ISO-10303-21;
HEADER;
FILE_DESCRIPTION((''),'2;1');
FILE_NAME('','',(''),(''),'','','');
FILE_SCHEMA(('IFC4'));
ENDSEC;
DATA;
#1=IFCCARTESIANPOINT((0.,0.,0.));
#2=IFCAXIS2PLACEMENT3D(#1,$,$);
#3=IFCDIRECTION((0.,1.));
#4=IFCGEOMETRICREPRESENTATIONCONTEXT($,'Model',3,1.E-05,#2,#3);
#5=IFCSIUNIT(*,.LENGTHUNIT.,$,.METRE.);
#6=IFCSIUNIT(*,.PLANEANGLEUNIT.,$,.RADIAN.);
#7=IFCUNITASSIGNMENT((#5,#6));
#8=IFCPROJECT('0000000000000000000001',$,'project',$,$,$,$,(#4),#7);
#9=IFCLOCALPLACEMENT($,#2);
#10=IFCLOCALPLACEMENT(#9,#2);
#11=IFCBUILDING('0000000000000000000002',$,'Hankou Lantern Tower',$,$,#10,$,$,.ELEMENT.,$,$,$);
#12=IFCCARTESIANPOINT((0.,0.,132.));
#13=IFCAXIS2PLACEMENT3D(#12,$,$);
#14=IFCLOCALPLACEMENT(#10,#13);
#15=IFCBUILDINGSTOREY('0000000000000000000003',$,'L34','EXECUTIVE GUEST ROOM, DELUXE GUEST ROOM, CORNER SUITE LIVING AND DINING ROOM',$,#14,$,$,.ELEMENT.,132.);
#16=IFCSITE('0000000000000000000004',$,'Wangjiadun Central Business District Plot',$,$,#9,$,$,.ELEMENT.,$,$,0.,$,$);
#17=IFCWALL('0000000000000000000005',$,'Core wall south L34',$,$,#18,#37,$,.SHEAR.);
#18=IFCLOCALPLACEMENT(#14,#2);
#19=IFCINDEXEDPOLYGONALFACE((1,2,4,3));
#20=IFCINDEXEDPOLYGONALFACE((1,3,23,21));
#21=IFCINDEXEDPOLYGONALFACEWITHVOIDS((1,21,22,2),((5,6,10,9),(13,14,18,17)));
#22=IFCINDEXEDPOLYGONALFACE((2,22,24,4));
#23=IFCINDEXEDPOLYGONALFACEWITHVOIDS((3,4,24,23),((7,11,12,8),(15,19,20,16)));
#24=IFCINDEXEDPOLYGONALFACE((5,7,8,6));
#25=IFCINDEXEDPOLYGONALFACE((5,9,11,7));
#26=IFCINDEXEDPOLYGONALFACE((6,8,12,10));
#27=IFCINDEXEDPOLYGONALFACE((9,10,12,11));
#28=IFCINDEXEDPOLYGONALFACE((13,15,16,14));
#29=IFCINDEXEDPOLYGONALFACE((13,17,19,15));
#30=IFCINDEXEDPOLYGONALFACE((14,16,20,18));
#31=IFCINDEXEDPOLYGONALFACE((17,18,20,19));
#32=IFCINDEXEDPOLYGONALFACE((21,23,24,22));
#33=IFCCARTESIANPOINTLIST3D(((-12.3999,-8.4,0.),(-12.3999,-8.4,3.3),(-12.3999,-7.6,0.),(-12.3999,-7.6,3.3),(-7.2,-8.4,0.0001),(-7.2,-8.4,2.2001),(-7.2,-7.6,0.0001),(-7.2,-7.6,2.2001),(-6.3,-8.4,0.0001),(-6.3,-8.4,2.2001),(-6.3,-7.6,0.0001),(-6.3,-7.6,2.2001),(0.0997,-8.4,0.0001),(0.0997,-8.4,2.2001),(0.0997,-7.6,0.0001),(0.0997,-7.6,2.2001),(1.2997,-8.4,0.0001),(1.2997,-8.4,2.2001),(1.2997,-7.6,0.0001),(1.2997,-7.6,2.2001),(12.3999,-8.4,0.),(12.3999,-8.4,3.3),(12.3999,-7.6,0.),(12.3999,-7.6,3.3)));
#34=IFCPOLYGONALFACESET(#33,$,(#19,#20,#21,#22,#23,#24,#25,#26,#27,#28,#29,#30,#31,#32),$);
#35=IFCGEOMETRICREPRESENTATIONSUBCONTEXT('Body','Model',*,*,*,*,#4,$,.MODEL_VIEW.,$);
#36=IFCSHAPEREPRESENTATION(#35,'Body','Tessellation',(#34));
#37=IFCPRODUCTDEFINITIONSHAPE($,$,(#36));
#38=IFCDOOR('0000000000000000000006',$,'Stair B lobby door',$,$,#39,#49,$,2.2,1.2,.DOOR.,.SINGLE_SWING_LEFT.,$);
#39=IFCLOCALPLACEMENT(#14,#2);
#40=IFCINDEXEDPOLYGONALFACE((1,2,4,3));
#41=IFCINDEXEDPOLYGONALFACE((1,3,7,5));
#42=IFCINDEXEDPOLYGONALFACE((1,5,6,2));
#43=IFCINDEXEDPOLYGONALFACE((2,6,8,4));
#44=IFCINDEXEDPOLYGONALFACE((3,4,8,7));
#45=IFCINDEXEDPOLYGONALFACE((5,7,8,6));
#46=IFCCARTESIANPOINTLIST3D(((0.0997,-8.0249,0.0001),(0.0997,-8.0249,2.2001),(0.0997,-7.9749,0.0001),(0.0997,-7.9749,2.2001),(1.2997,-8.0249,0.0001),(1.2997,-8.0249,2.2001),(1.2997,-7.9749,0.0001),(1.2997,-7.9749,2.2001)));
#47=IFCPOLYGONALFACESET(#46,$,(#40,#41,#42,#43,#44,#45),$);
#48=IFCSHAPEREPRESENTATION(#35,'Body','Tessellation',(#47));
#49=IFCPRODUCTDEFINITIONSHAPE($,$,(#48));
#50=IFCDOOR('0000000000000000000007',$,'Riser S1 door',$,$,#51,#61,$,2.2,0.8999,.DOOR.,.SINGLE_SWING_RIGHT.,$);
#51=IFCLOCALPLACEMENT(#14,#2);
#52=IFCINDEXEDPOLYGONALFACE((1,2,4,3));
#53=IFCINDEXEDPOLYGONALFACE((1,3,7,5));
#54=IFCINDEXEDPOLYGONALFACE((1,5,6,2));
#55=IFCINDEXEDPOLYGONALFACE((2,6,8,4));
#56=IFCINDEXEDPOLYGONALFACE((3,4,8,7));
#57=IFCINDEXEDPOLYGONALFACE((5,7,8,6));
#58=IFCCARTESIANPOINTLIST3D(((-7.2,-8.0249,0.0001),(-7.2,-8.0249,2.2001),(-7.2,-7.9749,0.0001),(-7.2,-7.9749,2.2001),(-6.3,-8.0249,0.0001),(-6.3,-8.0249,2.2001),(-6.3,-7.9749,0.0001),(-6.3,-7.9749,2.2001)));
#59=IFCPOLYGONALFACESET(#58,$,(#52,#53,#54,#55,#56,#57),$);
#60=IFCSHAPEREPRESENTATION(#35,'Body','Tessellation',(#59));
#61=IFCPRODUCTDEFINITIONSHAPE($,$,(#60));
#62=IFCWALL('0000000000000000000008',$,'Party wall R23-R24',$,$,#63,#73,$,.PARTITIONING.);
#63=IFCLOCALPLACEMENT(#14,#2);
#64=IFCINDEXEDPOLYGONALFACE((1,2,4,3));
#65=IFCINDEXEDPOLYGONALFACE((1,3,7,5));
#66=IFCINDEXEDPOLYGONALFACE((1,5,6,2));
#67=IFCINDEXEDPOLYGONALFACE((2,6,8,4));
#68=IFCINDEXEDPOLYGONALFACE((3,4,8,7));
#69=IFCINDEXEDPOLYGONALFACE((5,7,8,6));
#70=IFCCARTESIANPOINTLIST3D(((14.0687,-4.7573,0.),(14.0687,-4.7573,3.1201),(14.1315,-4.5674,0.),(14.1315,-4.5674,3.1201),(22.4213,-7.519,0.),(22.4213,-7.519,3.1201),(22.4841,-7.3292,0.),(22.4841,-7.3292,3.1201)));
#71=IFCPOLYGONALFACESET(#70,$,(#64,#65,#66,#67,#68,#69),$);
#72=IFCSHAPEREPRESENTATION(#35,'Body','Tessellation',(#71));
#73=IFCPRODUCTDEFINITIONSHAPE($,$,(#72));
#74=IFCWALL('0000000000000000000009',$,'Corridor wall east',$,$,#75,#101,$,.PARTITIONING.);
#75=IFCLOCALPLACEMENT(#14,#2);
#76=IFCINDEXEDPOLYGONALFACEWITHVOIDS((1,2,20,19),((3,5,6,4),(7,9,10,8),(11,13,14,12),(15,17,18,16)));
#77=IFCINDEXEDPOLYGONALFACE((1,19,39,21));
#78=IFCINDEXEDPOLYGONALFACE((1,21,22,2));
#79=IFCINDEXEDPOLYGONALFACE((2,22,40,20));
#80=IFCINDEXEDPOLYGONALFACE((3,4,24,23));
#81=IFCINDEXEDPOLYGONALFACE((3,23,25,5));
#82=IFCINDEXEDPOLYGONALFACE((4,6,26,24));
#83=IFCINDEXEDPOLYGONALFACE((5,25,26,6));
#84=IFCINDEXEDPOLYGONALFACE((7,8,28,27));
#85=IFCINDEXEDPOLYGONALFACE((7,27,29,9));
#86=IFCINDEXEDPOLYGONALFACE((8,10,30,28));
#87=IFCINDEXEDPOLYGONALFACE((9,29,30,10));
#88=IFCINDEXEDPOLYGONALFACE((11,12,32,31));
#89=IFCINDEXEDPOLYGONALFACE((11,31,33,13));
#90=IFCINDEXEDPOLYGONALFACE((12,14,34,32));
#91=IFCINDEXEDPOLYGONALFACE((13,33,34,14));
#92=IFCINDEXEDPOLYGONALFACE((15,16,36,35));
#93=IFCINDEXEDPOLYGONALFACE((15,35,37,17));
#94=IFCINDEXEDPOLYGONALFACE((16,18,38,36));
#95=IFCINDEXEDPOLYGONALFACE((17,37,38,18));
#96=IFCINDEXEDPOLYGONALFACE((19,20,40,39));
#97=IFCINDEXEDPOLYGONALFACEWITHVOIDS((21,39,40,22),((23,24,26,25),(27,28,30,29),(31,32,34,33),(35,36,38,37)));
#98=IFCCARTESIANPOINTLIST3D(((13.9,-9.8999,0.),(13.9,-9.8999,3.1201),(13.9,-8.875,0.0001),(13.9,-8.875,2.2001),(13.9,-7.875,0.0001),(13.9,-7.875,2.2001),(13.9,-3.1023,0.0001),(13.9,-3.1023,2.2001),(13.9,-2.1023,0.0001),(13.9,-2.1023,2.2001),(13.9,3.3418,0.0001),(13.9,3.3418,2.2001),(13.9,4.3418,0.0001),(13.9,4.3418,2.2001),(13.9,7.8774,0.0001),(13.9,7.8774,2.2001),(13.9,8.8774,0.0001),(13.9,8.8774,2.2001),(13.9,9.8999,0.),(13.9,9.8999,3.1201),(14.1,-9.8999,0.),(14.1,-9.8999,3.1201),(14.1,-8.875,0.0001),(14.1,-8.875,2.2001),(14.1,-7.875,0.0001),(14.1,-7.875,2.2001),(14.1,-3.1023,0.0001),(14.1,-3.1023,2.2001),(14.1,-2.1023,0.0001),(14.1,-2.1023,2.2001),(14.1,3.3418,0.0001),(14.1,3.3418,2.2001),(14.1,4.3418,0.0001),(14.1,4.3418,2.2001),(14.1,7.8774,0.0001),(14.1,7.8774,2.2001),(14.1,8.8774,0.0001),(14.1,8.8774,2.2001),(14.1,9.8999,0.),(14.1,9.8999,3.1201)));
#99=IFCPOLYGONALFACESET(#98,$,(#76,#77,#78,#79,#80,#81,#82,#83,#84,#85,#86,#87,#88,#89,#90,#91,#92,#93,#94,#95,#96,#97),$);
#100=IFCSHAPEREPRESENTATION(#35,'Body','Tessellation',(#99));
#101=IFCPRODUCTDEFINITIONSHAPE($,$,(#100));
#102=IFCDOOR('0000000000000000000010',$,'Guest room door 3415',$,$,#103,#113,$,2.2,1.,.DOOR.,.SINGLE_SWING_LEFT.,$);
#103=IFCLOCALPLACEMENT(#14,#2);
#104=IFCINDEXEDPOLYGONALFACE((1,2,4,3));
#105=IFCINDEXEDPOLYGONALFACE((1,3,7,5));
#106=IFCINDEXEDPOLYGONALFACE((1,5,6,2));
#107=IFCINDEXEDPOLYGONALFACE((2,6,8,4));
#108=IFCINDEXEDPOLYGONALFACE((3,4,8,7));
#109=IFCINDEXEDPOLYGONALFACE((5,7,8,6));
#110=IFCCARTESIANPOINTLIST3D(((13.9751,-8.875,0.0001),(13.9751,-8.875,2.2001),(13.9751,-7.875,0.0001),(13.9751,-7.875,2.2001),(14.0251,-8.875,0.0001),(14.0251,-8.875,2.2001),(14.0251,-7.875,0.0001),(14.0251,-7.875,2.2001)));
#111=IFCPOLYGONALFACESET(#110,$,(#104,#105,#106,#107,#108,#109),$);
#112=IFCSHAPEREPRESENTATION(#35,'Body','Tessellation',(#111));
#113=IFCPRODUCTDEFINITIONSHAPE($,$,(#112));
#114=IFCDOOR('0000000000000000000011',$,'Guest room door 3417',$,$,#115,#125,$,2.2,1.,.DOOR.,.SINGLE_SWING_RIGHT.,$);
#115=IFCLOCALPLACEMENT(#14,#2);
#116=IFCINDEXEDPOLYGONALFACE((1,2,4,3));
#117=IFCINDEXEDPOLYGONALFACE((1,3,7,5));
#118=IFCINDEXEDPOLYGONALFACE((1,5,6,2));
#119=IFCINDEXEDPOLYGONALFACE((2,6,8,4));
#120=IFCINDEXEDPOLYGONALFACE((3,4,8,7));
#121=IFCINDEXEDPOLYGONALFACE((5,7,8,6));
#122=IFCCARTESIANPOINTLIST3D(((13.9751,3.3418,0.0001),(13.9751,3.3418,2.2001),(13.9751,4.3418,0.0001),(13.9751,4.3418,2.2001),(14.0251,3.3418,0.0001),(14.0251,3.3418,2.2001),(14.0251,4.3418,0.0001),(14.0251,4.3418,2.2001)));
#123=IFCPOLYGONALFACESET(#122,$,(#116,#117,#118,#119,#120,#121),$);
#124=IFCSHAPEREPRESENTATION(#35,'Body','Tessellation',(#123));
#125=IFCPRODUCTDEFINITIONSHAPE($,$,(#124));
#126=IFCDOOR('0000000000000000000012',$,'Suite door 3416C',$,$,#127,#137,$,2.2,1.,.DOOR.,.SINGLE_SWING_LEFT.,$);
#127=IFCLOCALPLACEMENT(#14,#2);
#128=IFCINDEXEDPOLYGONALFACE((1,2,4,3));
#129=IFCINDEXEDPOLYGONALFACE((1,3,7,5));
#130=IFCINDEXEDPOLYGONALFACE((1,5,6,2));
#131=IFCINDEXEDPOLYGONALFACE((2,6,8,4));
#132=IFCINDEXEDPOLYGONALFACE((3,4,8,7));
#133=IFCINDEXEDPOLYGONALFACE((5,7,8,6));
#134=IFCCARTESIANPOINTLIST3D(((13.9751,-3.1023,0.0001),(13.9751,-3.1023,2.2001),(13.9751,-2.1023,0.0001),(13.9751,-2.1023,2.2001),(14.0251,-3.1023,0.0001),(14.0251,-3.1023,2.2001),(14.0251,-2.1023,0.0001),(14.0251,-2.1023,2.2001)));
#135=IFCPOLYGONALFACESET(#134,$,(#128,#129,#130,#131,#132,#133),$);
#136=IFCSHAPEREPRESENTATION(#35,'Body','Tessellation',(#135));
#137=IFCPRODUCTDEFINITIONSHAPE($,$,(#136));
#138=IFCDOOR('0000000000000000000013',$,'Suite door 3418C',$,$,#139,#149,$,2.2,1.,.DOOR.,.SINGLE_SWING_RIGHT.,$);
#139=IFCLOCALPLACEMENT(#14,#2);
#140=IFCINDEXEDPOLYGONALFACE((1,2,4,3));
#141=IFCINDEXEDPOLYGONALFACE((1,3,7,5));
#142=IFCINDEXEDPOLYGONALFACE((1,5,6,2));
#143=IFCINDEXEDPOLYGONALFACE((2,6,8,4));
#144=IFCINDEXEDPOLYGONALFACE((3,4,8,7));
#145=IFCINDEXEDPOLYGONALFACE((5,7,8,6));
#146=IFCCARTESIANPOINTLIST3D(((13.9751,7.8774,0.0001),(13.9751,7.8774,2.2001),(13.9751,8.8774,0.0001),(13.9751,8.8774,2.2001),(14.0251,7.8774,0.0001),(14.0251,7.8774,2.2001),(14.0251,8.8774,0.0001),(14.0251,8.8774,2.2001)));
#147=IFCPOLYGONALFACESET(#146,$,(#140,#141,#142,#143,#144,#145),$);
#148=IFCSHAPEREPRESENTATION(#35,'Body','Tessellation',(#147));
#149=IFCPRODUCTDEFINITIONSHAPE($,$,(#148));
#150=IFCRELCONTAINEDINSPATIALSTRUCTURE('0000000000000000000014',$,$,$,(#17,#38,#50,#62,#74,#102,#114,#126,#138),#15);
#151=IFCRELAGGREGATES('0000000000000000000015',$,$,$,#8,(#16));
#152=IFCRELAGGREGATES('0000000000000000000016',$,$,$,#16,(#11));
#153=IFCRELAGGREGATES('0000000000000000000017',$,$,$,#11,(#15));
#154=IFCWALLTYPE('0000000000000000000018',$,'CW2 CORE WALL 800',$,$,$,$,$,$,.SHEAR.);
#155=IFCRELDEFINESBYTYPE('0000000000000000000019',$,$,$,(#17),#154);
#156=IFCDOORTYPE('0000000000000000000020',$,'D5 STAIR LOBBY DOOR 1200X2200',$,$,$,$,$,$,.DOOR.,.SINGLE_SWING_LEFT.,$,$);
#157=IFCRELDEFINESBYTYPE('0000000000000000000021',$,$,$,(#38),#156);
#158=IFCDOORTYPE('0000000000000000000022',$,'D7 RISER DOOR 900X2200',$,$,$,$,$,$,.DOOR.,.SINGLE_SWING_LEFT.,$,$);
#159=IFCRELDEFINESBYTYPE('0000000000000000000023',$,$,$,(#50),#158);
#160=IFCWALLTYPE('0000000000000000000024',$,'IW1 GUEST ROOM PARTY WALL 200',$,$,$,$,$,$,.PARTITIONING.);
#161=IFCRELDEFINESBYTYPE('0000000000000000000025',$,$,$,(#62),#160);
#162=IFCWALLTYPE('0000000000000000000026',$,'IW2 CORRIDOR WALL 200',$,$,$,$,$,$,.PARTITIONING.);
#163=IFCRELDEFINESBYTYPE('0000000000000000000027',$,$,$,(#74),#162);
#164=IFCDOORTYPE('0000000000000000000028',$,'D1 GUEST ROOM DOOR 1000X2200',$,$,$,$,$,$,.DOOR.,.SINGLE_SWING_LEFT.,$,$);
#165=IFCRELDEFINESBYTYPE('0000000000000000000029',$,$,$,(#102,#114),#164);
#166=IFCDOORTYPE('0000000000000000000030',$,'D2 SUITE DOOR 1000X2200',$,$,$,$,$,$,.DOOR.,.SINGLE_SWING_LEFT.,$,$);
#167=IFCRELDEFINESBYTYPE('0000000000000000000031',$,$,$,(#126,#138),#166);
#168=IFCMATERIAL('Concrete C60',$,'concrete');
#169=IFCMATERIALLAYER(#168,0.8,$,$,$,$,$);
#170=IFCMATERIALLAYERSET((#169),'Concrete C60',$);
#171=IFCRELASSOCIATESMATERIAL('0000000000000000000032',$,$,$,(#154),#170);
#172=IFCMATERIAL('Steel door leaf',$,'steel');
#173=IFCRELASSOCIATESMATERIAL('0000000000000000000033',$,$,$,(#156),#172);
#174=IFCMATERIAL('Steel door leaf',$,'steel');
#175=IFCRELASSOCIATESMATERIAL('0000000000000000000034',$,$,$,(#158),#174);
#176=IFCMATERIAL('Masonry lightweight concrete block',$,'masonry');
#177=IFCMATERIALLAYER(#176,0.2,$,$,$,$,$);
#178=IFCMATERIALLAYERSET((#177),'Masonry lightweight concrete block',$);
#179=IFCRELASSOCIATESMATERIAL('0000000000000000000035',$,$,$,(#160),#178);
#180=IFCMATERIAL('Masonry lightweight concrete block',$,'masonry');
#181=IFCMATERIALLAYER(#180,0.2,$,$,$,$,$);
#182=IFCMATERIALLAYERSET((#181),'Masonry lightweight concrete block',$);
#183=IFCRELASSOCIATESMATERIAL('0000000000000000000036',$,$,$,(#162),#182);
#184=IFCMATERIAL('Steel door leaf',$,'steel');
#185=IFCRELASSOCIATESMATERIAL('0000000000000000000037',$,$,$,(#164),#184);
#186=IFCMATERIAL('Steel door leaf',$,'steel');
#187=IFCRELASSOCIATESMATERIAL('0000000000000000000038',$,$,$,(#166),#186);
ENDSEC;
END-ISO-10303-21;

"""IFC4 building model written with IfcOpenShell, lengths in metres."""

from ifc_helpers import new_model, si_unit, direction, frame, frame_2d, origin, place, context, subcontext, project, spatial, rectangle, extrude, material, layer, layer_set, type_object, element, fill, save


model = new_model("IFC4")

# Units and contexts
model_context = context("Model", 3, precision=1e-05, world=origin(), true_north=direction((0.0, 1.0)))
body_context = subcontext(model_context, "Body", "Model", "MODEL_VIEW")
ifc_project = project(units=[si_unit("LENGTHUNIT", "METRE"), si_unit("PLANEANGLEUNIT", "RADIAN")], contexts=[model_context])

# Site, building, storey
site_placement = place(None, origin())
site = spatial("IfcSite", under=ifc_project, at=site_placement, Name="Wangjiadun Central Business District Plot", CompositionType="ELEMENT", RefElevation=0.0)
building_placement = place(site_placement, origin())
building = spatial("IfcBuilding", under=site, at=building_placement, Name="Hankou Lantern Tower", CompositionType="ELEMENT")
storey_placement = place(building_placement, frame((0.0, 0.0, 132.0)))
storey = spatial("IfcBuildingStorey", under=building, at=storey_placement, Name="L34", Description="EXECUTIVE GUEST ROOM, DELUXE GUEST ROOM, CORNER SUITE LIVING AND DINING ROOM", CompositionType="ELEMENT", Elevation=132.0)

# Wall, openings, doors
ifc_material_1 = material(Name="Concrete C60", Category="concrete")
ifc_layer_1 = layer(ifc_material_1, 0.8)
ifc_layer_set_1 = layer_set([ifc_layer_1], Name="Concrete C60")
wall_type_1 = type_object("IfcWallType", Name="CW2 CORE WALL 800", PredefinedType="SHEAR", material=ifc_layer_set_1)
wall_1_placement = place(storey_placement, frame((12.3999, -8.0, 0.0), z_axis=(0.0, 0.0, 1.0), x_axis=(-1.0, 0.0, 0.0)))
wall_1 = element("IfcWall", 1, at=wall_1_placement, inside=storey, type_object=wall_type_1, Name="Core wall south L34", PredefinedType="SHEAR", context=body_context, shape_type="SweptSolid", body=[
    extrude(rectangle(XDim=24.7998, YDim=0.8, at=frame_2d((12.3999, 0.0))), origin(), (0.0, 0.0, 1.0), 3.3),
])
opening_1_placement = place(wall_1_placement, frame((11.1001, 0.0, 0.0)))
opening_1 = element("IfcOpeningElement", 2, at=opening_1_placement, cuts=wall_1, PredefinedType="OPENING", context=body_context, shape_type="SweptSolid", body=[
    extrude(rectangle(XDim=1.2, YDim=2.2, at=frame_2d((0.6001, 1.1001))), frame((0.0, 0.4099, 0.0), z_axis=(0.0, -1.0, 0.0), x_axis=(1.0, 0.0, 0.0)), (0.0, 0.0, 1.0), 0.8201),
])
opening_2_placement = place(wall_1_placement, frame((18.7, 0.0, 0.0)))
opening_2 = element("IfcOpeningElement", 3, at=opening_2_placement, cuts=wall_1, PredefinedType="OPENING", context=body_context, shape_type="SweptSolid", body=[
    extrude(rectangle(XDim=0.8999, YDim=2.2, at=frame_2d((0.45, 1.1001))), frame((0.0, 0.4099, 0.0), z_axis=(0.0, -1.0, 0.0), x_axis=(1.0, 0.0, 0.0)), (0.0, 0.0, 1.0), 0.8201),
])
ifc_material_2 = material(Name="Steel door leaf", Category="steel")
door_type_1 = type_object("IfcDoorType", Name="D5 STAIR LOBBY DOOR 1200X2200", OperationType="SINGLE_SWING_LEFT", PredefinedType="DOOR", material=ifc_material_2)
door_1_placement = place(opening_1_placement, origin())
door_1 = element("IfcDoor", 4, at=door_1_placement, inside=storey, type_object=door_type_1, Name="Stair B lobby door", OperationType="SINGLE_SWING_LEFT", OverallHeight=2.2, OverallWidth=1.2, PredefinedType="DOOR", context=body_context, shape_type="SweptSolid", body=[
    extrude(rectangle(XDim=1.2, YDim=2.2, at=frame_2d((0.6001, 1.1001))), frame((0.0, 0.0249, 0.0), z_axis=(0.0, -1.0, 0.0), x_axis=(1.0, 0.0, 0.0)), (0.0, 0.0, 1.0), 0.05),
])
fill(opening_1, door_1)
ifc_material_3 = material(Name="Steel door leaf", Category="steel")
door_type_2 = type_object("IfcDoorType", Name="D7 RISER DOOR 900X2200", OperationType="SINGLE_SWING_LEFT", PredefinedType="DOOR", material=ifc_material_3)
door_2_placement = place(opening_2_placement, origin())
door_2 = element("IfcDoor", 5, at=door_2_placement, inside=storey, type_object=door_type_2, Name="Riser S1 door", OperationType="SINGLE_SWING_RIGHT", OverallHeight=2.2, OverallWidth=0.8999, PredefinedType="DOOR", context=body_context, shape_type="SweptSolid", body=[
    extrude(rectangle(XDim=0.8999, YDim=2.2, at=frame_2d((0.45, 1.1001))), frame((0.0, 0.0249, 0.0), z_axis=(0.0, -1.0, 0.0), x_axis=(1.0, 0.0, 0.0)), (0.0, 0.0, 1.0), 0.05),
])
fill(opening_2, door_2)

# Wall
ifc_material_4 = material(Name="Masonry lightweight concrete block", Category="masonry")
ifc_layer_2 = layer(ifc_material_4, 0.2)
ifc_layer_set_2 = layer_set([ifc_layer_2], Name="Masonry lightweight concrete block")
wall_type_2 = type_object("IfcWallType", Name="IW1 GUEST ROOM PARTY WALL 200", PredefinedType="PARTITIONING", material=ifc_layer_set_2)
wall_2_placement = place(storey_placement, frame((14.1001, -4.6624, 0.0), z_axis=(0.0, 0.0, 1.0), x_axis=(0.949446, -0.313929, 0.0)))
element("IfcWall", 6, at=wall_2_placement, inside=storey, type_object=wall_type_2, Name="Party wall R23-R24", PredefinedType="PARTITIONING", context=body_context, shape_type="SweptSolid", body=[
    extrude(rectangle(XDim=8.7974, YDim=0.2, at=frame_2d((4.3987, 0.0))), origin(), (0.0, 0.0, 1.0), 3.1201),
])

# Wall, openings, doors
ifc_material_5 = material(Name="Masonry lightweight concrete block", Category="masonry")
ifc_layer_3 = layer(ifc_material_5, 0.2)
ifc_layer_set_3 = layer_set([ifc_layer_3], Name="Masonry lightweight concrete block")
wall_type_3 = type_object("IfcWallType", Name="IW2 CORRIDOR WALL 200", PredefinedType="PARTITIONING", material=ifc_layer_set_3)
wall_3_placement = place(storey_placement, frame((14.0, -9.8999, 0.0), z_axis=(0.0, 0.0, 1.0), x_axis=(0.0, 1.0, 0.0)))
wall_3 = element("IfcWall", 7, at=wall_3_placement, inside=storey, type_object=wall_type_3, Name="Corridor wall east", PredefinedType="PARTITIONING", context=body_context, shape_type="SweptSolid", body=[
    extrude(rectangle(XDim=19.7998, YDim=0.2, at=frame_2d((9.8999, 0.0))), origin(), (0.0, 0.0, 1.0), 3.1201),
])
opening_3_placement = place(wall_3_placement, frame((1.0249, 0.0, 0.0)))
opening_3 = element("IfcOpeningElement", 8, at=opening_3_placement, cuts=wall_3, PredefinedType="OPENING", context=body_context, shape_type="SweptSolid", body=[
    extrude(rectangle(XDim=1.0, YDim=2.2, at=frame_2d((0.5, 1.1001))), frame((0.0, 0.1099, 0.0), z_axis=(0.0, -1.0, 0.0), x_axis=(1.0, 0.0, 0.0)), (0.0, 0.0, 1.0), 0.22),
])
opening_4_placement = place(wall_3_placement, frame((6.7976, 0.0, 0.0)))
opening_4 = element("IfcOpeningElement", 9, at=opening_4_placement, cuts=wall_3, PredefinedType="OPENING", context=body_context, shape_type="SweptSolid", body=[
    extrude(rectangle(XDim=1.0, YDim=2.2, at=frame_2d((0.5, 1.1001))), frame((0.0, 0.1099, 0.0), z_axis=(0.0, -1.0, 0.0), x_axis=(1.0, 0.0, 0.0)), (0.0, 0.0, 1.0), 0.22),
])
opening_5_placement = place(wall_3_placement, frame((13.2417, 0.0, 0.0)))
opening_5 = element("IfcOpeningElement", 10, at=opening_5_placement, cuts=wall_3, PredefinedType="OPENING", context=body_context, shape_type="SweptSolid", body=[
    extrude(rectangle(XDim=1.0, YDim=2.2, at=frame_2d((0.5, 1.1001))), frame((0.0, 0.1099, 0.0), z_axis=(0.0, -1.0, 0.0), x_axis=(1.0, 0.0, 0.0)), (0.0, 0.0, 1.0), 0.22),
])
opening_6_placement = place(wall_3_placement, frame((17.7773, 0.0, 0.0)))
opening_6 = element("IfcOpeningElement", 11, at=opening_6_placement, cuts=wall_3, PredefinedType="OPENING", context=body_context, shape_type="SweptSolid", body=[
    extrude(rectangle(XDim=1.0, YDim=2.2, at=frame_2d((0.5, 1.1001))), frame((0.0, 0.1099, 0.0), z_axis=(0.0, -1.0, 0.0), x_axis=(1.0, 0.0, 0.0)), (0.0, 0.0, 1.0), 0.22),
])
ifc_material_6 = material(Name="Steel door leaf", Category="steel")
door_type_3 = type_object("IfcDoorType", Name="D1 GUEST ROOM DOOR 1000X2200", OperationType="SINGLE_SWING_LEFT", PredefinedType="DOOR", material=ifc_material_6)
door_3_placement = place(opening_3_placement, origin())
door_3 = element("IfcDoor", 12, at=door_3_placement, inside=storey, type_object=door_type_3, Name="Guest room door 3415", OperationType="SINGLE_SWING_LEFT", OverallHeight=2.2, OverallWidth=1.0, PredefinedType="DOOR", context=body_context, shape_type="SweptSolid", body=[
    extrude(rectangle(XDim=1.0, YDim=2.2, at=frame_2d((0.5, 1.1001))), frame((0.0, 0.0249, 0.0), z_axis=(0.0, -1.0, 0.0), x_axis=(1.0, 0.0, 0.0)), (0.0, 0.0, 1.0), 0.05),
])
fill(opening_3, door_3)
door_4_placement = place(opening_5_placement, origin())
door_4 = element("IfcDoor", 13, at=door_4_placement, inside=storey, type_object=door_type_3, Name="Guest room door 3417", OperationType="SINGLE_SWING_RIGHT", OverallHeight=2.2, OverallWidth=1.0, PredefinedType="DOOR", context=body_context, shape_type="SweptSolid", body=[
    extrude(rectangle(XDim=1.0, YDim=2.2, at=frame_2d((0.5, 1.1001))), frame((0.0, 0.0249, 0.0), z_axis=(0.0, -1.0, 0.0), x_axis=(1.0, 0.0, 0.0)), (0.0, 0.0, 1.0), 0.05),
])
fill(opening_5, door_4)
ifc_material_7 = material(Name="Steel door leaf", Category="steel")
door_type_4 = type_object("IfcDoorType", Name="D2 SUITE DOOR 1000X2200", OperationType="SINGLE_SWING_LEFT", PredefinedType="DOOR", material=ifc_material_7)
door_5_placement = place(opening_4_placement, origin())
door_5 = element("IfcDoor", 14, at=door_5_placement, inside=storey, type_object=door_type_4, Name="Suite door 3416C", OperationType="SINGLE_SWING_LEFT", OverallHeight=2.2, OverallWidth=1.0, PredefinedType="DOOR", context=body_context, shape_type="SweptSolid", body=[
    extrude(rectangle(XDim=1.0, YDim=2.2, at=frame_2d((0.5, 1.1001))), frame((0.0, 0.0249, 0.0), z_axis=(0.0, -1.0, 0.0), x_axis=(1.0, 0.0, 0.0)), (0.0, 0.0, 1.0), 0.05),
])
fill(opening_4, door_5)
door_6_placement = place(opening_6_placement, origin())
door_6 = element("IfcDoor", 15, at=door_6_placement, inside=storey, type_object=door_type_4, Name="Suite door 3418C", OperationType="SINGLE_SWING_RIGHT", OverallHeight=2.2, OverallWidth=1.0, PredefinedType="DOOR", context=body_context, shape_type="SweptSolid", body=[
    extrude(rectangle(XDim=1.0, YDim=2.2, at=frame_2d((0.5, 1.1001))), frame((0.0, 0.0249, 0.0), z_axis=(0.0, -1.0, 0.0), x_axis=(1.0, 0.0, 0.0)), (0.0, 0.0, 1.0), 0.05),
])
fill(opening_6, door_6)

save(model, "model.ifc")
